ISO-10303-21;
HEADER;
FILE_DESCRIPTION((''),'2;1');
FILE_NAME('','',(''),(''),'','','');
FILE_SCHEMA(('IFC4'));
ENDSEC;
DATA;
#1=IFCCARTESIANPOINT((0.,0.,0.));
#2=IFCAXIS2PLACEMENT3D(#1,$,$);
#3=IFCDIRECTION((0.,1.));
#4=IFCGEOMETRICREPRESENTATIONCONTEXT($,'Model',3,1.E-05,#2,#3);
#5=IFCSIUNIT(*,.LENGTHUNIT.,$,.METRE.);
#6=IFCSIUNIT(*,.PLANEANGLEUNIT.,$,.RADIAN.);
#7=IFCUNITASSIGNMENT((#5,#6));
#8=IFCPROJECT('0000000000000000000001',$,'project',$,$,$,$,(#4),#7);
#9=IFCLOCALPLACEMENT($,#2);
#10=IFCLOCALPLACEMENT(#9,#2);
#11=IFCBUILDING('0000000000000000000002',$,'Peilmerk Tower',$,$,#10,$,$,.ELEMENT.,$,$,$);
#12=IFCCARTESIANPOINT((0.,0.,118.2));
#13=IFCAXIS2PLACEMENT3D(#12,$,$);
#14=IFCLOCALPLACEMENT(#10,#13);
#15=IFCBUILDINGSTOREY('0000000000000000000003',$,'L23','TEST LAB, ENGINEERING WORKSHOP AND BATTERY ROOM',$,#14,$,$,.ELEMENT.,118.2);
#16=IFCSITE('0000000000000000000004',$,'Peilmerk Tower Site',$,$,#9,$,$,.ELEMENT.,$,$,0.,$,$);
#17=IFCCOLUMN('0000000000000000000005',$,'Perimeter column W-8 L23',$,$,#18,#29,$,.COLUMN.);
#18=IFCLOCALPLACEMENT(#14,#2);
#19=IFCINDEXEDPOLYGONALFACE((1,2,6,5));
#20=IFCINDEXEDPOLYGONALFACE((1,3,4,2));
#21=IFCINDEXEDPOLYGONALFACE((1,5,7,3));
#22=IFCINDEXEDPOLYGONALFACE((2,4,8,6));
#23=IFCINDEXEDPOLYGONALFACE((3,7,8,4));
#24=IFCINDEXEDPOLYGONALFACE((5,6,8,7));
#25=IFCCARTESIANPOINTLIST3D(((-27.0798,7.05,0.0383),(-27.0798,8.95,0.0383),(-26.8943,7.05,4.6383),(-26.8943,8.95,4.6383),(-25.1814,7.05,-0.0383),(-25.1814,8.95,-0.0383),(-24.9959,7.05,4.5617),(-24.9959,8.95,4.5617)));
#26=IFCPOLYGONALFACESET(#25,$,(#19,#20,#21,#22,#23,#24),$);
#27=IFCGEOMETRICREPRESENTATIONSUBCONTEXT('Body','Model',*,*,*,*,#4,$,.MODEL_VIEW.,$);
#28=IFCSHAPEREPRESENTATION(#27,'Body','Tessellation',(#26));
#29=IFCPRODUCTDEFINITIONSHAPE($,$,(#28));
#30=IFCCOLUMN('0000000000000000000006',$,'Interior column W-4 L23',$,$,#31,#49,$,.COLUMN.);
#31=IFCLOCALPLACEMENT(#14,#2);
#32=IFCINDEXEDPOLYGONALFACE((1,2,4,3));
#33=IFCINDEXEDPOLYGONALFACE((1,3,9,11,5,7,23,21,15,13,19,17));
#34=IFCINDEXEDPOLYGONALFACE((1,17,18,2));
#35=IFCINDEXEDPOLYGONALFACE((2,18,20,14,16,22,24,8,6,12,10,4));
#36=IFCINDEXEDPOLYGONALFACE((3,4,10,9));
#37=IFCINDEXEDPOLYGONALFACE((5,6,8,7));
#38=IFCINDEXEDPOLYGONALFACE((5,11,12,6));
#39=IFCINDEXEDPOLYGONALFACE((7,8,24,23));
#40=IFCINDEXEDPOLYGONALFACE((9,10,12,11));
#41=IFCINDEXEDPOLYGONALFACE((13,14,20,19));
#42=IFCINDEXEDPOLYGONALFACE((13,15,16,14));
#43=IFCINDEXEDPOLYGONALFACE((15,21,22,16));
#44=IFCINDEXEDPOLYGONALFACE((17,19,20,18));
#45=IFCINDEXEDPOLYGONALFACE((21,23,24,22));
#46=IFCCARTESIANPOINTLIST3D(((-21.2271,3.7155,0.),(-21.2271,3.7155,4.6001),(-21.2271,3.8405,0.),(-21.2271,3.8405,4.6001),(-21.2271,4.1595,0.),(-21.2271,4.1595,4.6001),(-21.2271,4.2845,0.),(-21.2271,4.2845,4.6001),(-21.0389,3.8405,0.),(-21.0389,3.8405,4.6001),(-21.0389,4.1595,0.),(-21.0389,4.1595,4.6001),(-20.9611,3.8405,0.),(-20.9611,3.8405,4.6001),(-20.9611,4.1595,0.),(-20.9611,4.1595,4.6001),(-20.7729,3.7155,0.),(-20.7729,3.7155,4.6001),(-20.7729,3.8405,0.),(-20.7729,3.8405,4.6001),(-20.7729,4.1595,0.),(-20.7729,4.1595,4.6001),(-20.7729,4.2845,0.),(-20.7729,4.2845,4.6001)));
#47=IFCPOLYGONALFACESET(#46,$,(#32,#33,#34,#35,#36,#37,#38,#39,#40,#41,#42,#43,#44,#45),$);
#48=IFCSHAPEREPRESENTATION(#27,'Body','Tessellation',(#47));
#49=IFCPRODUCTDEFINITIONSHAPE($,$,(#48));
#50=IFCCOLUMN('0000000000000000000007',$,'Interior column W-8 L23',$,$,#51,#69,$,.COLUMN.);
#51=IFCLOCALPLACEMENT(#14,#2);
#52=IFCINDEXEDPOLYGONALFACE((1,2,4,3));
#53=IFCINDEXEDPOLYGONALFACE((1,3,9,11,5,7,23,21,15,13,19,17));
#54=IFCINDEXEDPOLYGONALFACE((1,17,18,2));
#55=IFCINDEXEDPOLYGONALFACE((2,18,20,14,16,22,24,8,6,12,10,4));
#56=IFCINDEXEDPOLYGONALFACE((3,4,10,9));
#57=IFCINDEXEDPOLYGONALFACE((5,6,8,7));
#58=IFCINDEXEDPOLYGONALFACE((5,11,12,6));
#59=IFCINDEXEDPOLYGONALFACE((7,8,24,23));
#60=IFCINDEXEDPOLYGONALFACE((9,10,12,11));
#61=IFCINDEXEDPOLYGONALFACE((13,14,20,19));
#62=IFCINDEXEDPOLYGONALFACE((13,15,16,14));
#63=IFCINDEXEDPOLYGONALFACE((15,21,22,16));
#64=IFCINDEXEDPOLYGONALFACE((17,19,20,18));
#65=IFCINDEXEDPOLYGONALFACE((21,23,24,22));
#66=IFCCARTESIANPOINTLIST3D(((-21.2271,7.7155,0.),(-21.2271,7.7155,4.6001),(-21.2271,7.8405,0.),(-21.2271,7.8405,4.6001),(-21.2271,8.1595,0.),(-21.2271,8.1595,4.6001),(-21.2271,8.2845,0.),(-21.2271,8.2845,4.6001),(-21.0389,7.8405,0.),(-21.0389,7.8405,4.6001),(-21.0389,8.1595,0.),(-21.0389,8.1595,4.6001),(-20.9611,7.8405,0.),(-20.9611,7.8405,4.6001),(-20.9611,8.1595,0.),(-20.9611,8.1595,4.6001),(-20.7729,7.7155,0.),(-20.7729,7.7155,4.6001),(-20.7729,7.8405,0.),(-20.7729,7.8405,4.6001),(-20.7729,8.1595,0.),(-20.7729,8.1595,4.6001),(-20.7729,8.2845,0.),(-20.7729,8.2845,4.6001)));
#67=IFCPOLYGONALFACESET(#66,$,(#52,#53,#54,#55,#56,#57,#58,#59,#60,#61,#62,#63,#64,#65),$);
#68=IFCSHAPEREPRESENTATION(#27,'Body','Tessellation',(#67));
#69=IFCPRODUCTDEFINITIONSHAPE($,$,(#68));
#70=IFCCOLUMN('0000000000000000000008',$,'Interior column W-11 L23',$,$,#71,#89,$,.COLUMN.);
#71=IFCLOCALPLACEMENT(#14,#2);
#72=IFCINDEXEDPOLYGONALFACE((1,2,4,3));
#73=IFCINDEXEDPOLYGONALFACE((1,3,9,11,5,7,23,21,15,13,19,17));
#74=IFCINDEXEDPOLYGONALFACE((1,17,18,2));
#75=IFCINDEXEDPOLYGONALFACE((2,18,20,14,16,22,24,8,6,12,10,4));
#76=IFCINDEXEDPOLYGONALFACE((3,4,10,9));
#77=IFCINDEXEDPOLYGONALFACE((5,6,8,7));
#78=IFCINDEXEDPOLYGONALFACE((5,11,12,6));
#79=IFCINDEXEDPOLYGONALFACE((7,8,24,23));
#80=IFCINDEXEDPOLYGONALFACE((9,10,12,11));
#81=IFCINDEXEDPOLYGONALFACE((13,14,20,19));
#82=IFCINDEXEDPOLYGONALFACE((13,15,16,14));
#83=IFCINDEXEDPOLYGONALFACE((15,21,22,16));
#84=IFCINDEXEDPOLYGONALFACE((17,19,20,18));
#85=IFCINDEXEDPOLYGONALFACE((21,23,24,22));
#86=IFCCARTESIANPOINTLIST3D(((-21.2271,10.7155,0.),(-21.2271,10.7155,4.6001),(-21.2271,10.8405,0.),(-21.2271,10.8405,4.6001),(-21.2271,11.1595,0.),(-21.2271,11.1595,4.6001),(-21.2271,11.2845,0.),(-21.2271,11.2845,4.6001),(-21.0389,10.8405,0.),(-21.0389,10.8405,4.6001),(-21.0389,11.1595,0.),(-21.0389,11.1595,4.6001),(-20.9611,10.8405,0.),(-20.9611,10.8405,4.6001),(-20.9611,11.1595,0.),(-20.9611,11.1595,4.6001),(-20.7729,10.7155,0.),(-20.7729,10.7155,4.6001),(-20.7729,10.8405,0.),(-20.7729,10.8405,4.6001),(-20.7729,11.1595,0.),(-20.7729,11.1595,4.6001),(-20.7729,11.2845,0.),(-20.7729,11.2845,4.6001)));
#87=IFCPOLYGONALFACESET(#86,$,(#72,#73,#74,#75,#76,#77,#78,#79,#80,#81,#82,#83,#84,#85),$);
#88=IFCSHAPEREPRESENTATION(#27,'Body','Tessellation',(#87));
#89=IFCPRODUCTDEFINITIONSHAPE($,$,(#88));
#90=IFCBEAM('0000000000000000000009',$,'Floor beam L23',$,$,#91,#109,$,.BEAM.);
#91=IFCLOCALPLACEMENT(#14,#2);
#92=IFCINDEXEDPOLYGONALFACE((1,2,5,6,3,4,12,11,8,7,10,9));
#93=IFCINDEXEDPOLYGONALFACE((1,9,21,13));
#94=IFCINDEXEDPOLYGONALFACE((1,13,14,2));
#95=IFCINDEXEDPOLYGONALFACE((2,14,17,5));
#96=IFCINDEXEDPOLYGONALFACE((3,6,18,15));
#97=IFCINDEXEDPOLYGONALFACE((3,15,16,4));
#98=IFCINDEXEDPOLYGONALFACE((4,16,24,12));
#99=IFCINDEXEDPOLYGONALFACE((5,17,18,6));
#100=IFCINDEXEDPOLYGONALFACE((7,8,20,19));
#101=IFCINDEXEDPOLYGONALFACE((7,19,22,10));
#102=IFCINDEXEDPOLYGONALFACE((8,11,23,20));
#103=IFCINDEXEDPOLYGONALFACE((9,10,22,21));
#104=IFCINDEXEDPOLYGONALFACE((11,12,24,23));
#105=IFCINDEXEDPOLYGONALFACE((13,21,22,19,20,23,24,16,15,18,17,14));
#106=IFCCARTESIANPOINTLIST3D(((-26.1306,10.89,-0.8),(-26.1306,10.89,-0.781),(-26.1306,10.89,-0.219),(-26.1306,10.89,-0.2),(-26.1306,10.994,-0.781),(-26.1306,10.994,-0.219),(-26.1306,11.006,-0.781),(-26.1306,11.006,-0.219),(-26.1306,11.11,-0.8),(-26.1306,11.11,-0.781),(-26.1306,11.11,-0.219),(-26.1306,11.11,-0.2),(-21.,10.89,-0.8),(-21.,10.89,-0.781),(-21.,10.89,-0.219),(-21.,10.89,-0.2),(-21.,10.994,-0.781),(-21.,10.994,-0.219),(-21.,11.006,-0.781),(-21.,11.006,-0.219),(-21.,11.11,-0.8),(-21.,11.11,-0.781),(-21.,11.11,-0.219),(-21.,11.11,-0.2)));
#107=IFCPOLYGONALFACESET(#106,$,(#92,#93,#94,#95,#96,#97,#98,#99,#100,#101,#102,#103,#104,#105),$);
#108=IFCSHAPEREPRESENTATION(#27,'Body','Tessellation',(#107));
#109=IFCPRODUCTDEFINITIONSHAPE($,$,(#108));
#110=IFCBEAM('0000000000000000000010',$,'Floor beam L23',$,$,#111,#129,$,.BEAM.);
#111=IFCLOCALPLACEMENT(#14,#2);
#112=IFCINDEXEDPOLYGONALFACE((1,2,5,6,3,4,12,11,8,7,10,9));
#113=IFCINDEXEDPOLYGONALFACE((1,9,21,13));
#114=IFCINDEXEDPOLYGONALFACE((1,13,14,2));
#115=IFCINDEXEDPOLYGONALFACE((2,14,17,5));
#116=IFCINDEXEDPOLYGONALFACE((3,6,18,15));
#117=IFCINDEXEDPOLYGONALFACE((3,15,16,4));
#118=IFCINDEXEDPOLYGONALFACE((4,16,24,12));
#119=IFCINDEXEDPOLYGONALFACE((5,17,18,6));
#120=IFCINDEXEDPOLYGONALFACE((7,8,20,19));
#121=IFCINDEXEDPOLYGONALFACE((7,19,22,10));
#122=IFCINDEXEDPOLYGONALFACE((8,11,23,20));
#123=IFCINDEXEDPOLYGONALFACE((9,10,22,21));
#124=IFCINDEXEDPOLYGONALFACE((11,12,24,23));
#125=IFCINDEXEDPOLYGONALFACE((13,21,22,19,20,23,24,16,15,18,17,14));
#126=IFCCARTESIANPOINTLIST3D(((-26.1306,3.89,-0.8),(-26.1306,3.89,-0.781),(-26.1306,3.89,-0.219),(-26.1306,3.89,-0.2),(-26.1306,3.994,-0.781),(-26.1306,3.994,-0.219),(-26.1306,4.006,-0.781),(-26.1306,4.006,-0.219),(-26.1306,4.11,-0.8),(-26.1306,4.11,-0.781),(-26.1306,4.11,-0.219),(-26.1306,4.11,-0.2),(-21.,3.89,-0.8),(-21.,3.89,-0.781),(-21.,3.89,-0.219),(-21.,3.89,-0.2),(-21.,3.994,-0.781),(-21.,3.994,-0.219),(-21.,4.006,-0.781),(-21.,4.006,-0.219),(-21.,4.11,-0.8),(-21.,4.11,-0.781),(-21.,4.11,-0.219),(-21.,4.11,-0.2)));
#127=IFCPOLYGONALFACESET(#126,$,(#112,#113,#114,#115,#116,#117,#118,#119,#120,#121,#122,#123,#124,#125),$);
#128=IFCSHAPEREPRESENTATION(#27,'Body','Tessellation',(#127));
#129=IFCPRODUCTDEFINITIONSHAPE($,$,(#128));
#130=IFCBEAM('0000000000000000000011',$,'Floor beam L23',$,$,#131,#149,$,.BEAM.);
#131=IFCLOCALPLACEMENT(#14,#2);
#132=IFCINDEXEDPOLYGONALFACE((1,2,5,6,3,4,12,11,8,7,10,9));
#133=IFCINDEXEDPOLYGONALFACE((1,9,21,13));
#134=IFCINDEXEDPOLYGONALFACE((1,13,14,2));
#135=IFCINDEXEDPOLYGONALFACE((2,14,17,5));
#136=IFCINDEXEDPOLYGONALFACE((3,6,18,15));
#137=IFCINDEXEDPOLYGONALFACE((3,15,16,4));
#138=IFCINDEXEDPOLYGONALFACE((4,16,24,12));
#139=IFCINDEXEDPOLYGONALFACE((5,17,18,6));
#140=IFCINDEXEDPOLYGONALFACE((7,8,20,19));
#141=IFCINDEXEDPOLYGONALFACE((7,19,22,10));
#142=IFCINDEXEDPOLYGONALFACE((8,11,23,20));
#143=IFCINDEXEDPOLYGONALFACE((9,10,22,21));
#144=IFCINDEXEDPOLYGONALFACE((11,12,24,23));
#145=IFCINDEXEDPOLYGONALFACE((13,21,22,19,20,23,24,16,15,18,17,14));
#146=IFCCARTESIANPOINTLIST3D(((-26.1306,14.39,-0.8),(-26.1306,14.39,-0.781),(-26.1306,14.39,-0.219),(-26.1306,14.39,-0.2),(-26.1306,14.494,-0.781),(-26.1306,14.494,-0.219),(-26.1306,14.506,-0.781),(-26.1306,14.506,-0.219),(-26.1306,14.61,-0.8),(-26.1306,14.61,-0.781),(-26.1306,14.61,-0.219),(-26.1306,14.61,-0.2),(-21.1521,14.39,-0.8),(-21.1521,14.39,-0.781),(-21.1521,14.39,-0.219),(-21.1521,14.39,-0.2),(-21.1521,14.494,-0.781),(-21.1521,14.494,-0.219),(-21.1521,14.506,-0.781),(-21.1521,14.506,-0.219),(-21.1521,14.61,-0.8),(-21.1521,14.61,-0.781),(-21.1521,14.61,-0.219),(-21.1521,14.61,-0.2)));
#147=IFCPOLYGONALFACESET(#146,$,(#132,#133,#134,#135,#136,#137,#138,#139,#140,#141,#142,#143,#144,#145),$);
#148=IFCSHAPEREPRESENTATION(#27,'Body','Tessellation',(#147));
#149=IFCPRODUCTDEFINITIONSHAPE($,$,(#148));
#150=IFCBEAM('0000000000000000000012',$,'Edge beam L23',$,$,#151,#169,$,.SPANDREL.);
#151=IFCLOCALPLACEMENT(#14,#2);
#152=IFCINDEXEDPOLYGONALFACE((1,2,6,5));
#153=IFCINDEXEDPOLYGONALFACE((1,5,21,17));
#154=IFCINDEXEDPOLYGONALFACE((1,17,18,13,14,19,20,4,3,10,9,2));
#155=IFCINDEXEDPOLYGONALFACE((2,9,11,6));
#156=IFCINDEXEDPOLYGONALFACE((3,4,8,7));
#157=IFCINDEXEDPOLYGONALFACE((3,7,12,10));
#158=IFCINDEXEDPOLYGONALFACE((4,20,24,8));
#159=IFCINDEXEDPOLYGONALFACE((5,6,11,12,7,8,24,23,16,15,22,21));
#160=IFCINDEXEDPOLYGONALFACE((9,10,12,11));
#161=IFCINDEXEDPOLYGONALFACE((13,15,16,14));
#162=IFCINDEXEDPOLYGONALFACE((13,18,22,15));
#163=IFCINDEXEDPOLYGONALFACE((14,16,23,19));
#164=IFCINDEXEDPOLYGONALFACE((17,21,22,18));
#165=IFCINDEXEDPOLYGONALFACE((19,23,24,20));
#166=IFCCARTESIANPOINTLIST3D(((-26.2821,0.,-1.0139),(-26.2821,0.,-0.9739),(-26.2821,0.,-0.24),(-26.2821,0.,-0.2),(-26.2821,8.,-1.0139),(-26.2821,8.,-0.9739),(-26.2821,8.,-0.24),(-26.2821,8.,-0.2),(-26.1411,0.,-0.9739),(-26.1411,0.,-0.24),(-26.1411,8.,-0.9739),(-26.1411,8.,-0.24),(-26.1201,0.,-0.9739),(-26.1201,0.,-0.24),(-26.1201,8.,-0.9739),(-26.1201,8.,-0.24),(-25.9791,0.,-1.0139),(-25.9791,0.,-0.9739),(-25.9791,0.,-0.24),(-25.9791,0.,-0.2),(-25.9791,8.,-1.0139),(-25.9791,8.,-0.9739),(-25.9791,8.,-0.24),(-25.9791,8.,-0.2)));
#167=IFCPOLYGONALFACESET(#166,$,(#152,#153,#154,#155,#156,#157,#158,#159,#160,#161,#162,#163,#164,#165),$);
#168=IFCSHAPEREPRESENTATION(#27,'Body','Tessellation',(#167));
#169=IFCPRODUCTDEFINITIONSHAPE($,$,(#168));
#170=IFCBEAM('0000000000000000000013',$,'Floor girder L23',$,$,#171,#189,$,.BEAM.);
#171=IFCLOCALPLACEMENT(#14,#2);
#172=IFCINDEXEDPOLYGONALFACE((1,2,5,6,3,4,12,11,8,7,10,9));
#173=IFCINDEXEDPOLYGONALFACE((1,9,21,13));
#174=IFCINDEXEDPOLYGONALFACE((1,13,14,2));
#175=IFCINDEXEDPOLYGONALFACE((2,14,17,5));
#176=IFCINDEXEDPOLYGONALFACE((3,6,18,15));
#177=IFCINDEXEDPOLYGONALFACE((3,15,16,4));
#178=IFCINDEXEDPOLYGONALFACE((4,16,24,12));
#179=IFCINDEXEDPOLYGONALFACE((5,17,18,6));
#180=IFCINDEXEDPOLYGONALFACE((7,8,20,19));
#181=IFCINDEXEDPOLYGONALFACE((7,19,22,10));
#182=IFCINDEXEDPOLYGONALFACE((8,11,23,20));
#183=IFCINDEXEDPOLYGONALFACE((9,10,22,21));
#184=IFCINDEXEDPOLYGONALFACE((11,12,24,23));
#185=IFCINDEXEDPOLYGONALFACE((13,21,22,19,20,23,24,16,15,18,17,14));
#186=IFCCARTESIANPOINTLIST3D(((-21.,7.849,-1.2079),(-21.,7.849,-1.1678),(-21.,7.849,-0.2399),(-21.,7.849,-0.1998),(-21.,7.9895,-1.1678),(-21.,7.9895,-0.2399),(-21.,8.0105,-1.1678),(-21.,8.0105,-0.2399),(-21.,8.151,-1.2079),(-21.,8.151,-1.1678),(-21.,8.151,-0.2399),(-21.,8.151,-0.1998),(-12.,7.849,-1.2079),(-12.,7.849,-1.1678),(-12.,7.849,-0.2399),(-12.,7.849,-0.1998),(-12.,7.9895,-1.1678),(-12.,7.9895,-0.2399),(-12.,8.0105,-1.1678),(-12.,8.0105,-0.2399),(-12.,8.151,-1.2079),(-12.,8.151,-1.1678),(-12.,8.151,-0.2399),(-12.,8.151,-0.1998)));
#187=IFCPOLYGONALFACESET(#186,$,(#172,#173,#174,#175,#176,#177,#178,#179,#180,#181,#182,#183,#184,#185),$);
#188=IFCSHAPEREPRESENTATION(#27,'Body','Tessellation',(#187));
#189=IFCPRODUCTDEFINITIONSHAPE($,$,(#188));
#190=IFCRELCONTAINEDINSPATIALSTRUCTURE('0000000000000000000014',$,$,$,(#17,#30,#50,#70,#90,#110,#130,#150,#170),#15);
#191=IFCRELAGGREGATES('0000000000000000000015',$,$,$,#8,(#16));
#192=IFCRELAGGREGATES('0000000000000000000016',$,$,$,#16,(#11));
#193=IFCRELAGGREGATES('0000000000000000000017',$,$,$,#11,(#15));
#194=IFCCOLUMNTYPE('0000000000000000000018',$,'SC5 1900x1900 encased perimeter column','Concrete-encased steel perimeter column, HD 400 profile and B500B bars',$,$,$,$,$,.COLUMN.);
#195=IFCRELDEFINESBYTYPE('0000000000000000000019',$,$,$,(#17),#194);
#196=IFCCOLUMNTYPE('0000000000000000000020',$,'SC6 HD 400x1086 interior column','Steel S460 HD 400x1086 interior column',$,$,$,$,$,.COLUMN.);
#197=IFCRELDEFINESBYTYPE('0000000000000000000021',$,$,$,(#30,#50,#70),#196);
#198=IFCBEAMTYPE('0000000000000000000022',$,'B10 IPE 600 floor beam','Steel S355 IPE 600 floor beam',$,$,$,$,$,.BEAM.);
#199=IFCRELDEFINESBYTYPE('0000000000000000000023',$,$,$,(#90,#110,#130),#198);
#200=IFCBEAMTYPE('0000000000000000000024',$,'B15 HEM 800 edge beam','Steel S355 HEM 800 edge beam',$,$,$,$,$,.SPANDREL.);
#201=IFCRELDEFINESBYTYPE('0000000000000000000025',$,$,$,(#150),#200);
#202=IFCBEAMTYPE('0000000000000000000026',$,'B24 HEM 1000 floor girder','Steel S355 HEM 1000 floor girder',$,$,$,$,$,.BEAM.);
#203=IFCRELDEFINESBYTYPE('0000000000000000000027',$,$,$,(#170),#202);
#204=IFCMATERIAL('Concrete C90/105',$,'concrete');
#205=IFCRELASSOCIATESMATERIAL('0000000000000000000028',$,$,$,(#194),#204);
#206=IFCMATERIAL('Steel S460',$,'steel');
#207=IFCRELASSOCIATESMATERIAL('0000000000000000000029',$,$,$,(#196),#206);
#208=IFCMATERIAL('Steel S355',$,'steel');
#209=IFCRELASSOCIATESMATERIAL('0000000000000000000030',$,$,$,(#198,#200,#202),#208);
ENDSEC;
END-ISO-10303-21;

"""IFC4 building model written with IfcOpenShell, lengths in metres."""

from ifc_helpers import new_model, si_unit, direction, frame, origin, origin_2d, place, context, subcontext, project, spatial, rectangle, i_section, extrude, material, material_profile, profile_set, type_object, element, save


model = new_model("IFC4")

# Units and contexts
model_context = context("Model", 3, precision=1e-05, world=origin(), true_north=direction((0.0, 1.0)))
body_context = subcontext(model_context, "Body", "Model", "MODEL_VIEW")
ifc_project = project(units=[si_unit("LENGTHUNIT", "METRE"), si_unit("PLANEANGLEUNIT", "RADIAN")], contexts=[model_context])

# Site, building, storey
site_placement = place(None, origin())
site = spatial("IfcSite", under=ifc_project, at=site_placement, Name="Peilmerk Tower Site", CompositionType="ELEMENT", RefElevation=0.0)
building_placement = place(site_placement, origin())
building = spatial("IfcBuilding", under=site, at=building_placement, Name="Peilmerk Tower", CompositionType="ELEMENT")
storey_placement = place(building_placement, frame((0.0, 0.0, 118.2)))
storey = spatial("IfcBuildingStorey", under=building, at=storey_placement, Name="L23", Description="TEST LAB, ENGINEERING WORKSHOP AND BATTERY ROOM", CompositionType="ELEMENT", Elevation=118.2)

# Columns
ifc_material_1 = material(Name="Concrete C90/105", Category="concrete")
ifc_material_profile_1 = material_profile(ifc_material_1, rectangle(XDim=1.8999, YDim=1.8999, at=origin_2d()), Name="RC 1900x1900")
ifc_profile_set_1 = profile_set([ifc_material_profile_1], Name="Concrete C90/105")
column_type_1 = type_object("IfcColumnType", Name="SC5 1900x1900 encased perimeter column", Description="Concrete-encased steel perimeter column, HD 400 profile and B500B bars", PredefinedType="COLUMN", material=ifc_profile_set_1)
column_placement = place(storey_placement, frame((-26.1306, 8.0, 0.0), z_axis=(0.040303, 0.0, 0.999188), x_axis=(0.0, 1.0, 0.0)))
element("IfcColumn", 1, at=column_placement, inside=storey, type_object=column_type_1, Name="Perimeter column W-8 L23", PredefinedType="COLUMN", context=body_context, shape_type="SweptSolid", body=[
    extrude(rectangle(XDim=1.8999, YDim=1.8999, at=origin_2d()), origin(), (0.0, 0.0, 1.0), 4.6038),
])
ifc_material_2 = material(Name="Steel S460", Category="steel")
ifc_material_profile_2 = material_profile(ifc_material_2, i_section(OverallWidth=0.4541, OverallDepth=0.5691, WebThickness=0.0779, FlangeThickness=0.125, at=origin_2d()), Name="HD 400x1086")
ifc_profile_set_2 = profile_set([ifc_material_profile_2], Name="Steel S460")
column_type_2 = type_object("IfcColumnType", Name="SC6 HD 400x1086 interior column", Description="Steel S460 HD 400x1086 interior column", PredefinedType="COLUMN", material=ifc_profile_set_2)
for number, where, z_axis, x_axis, name in (
    (2, (-21.0, 4.0, 0.0), (0.0, 0.0, 1.0), (1.0, 0.0, 0.0), "Interior column W-4 L23"),
    (3, (-21.0, 8.0, 0.0), (0.0, 0.0, 1.0), (1.0, 0.0, 0.0), "Interior column W-8 L23"),
    (4, (-21.0, 11.0, 0.0), (0.0, 0.0, 1.0), (1.0, 0.0, 0.0), "Interior column W-11 L23"),
):
    element("IfcColumn", number, at=place(storey_placement, frame(where, z_axis=z_axis, x_axis=x_axis)), inside=storey, type_object=column_type_2, Name=name, PredefinedType="COLUMN", context=body_context, shape_type="SweptSolid", body=[
        extrude(i_section(OverallWidth=0.4541, OverallDepth=0.5691, WebThickness=0.0779, FlangeThickness=0.125, at=origin_2d()), origin(), (0.0, 0.0, 1.0), 4.6001),
    ])

# Beams
ifc_material_3 = material(Name="Steel S355", Category="steel")
ifc_material_profile_3 = material_profile(ifc_material_3, i_section(OverallWidth=0.22, OverallDepth=0.6001, WebThickness=0.012, FlangeThickness=0.019, at=origin_2d()), Name="IPE 600")
ifc_profile_set_3 = profile_set([ifc_material_profile_3], Name="Steel S355")
beam_type_1 = type_object("IfcBeamType", Name="B10 IPE 600 floor beam", Description="Steel S355 IPE 600 floor beam", PredefinedType="BEAM", material=ifc_profile_set_3)
for number, where, z_axis, x_axis, name in (
    (5, (-21.0, 11.0, -0.5), (-1.0, 0.0, 0.0), (0.0, -1.0, 0.0), "Floor beam L23"),
    (6, (-21.0, 4.0, -0.5), (-1.0, 0.0, 0.0), (0.0, -1.0, 0.0), "Floor beam L23"),
):
    element("IfcBeam", number, at=place(storey_placement, frame(where, z_axis=z_axis, x_axis=x_axis)), inside=storey, type_object=beam_type_1, Name=name, PredefinedType="BEAM", context=body_context, shape_type="SweptSolid", body=[
        extrude(i_section(OverallWidth=0.22, OverallDepth=0.6001, WebThickness=0.012, FlangeThickness=0.019, at=origin_2d()), origin(), (0.0, 0.0, 1.0), 5.1306),
    ])
beam_1_placement = place(storey_placement, frame((-21.1521, 14.5, -0.5), z_axis=(-1.0, 0.0, 0.0), x_axis=(0.0, -1.0, 0.0)))
element("IfcBeam", 7, at=beam_1_placement, inside=storey, type_object=beam_type_1, Name="Floor beam L23", PredefinedType="BEAM", context=body_context, shape_type="SweptSolid", body=[
    extrude(i_section(OverallWidth=0.22, OverallDepth=0.6001, WebThickness=0.012, FlangeThickness=0.019, at=origin_2d()), origin(), (0.0, 0.0, 1.0), 4.9785),
])
ifc_material_profile_4 = material_profile(ifc_material_3, i_section(OverallWidth=0.303, OverallDepth=0.814, WebThickness=0.021, FlangeThickness=0.04, at=origin_2d()), Name="HEM 800")
ifc_profile_set_4 = profile_set([ifc_material_profile_4], Name="Steel S355")
beam_type_2 = type_object("IfcBeamType", Name="B15 HEM 800 edge beam", Description="Steel S355 HEM 800 edge beam", PredefinedType="SPANDREL", material=ifc_profile_set_4)
beam_2_placement = place(storey_placement, frame((-26.1306, 8.0, -0.6069), z_axis=(0.0, -1.0, 0.0), x_axis=(1.0, 0.0, 0.0)))
element("IfcBeam", 8, at=beam_2_placement, inside=storey, type_object=beam_type_2, Name="Edge beam L23", PredefinedType="SPANDREL", context=body_context, shape_type="SweptSolid", body=[
    extrude(i_section(OverallWidth=0.303, OverallDepth=0.814, WebThickness=0.021, FlangeThickness=0.04, at=origin_2d()), origin(), (0.0, 0.0, 1.0), 8.0),
])
ifc_material_profile_5 = material_profile(ifc_material_3, i_section(OverallWidth=0.302, OverallDepth=1.0081, WebThickness=0.021, FlangeThickness=0.04, at=origin_2d()), Name="HEM 1000")
ifc_profile_set_5 = profile_set([ifc_material_profile_5], Name="Steel S355")
beam_type_3 = type_object("IfcBeamType", Name="B24 HEM 1000 floor girder", Description="Steel S355 HEM 1000 floor girder", PredefinedType="BEAM", material=ifc_profile_set_5)
for number, where, z_axis, x_axis, name in (
    (9, (-12.0, 8.0, -0.7039), (-1.0, 0.0, 0.0), (0.0, -1.0, 0.0), "Floor girder L23"),
):
    element("IfcBeam", number, at=place(storey_placement, frame(where, z_axis=z_axis, x_axis=x_axis)), inside=storey, type_object=beam_type_3, Name=name, PredefinedType="BEAM", context=body_context, shape_type="SweptSolid", body=[
        extrude(i_section(OverallWidth=0.302, OverallDepth=1.0081, WebThickness=0.021, FlangeThickness=0.04, at=origin_2d()), origin(), (0.0, 0.0, 1.0), 9.0),
    ])

save(model, "model.ifc")
